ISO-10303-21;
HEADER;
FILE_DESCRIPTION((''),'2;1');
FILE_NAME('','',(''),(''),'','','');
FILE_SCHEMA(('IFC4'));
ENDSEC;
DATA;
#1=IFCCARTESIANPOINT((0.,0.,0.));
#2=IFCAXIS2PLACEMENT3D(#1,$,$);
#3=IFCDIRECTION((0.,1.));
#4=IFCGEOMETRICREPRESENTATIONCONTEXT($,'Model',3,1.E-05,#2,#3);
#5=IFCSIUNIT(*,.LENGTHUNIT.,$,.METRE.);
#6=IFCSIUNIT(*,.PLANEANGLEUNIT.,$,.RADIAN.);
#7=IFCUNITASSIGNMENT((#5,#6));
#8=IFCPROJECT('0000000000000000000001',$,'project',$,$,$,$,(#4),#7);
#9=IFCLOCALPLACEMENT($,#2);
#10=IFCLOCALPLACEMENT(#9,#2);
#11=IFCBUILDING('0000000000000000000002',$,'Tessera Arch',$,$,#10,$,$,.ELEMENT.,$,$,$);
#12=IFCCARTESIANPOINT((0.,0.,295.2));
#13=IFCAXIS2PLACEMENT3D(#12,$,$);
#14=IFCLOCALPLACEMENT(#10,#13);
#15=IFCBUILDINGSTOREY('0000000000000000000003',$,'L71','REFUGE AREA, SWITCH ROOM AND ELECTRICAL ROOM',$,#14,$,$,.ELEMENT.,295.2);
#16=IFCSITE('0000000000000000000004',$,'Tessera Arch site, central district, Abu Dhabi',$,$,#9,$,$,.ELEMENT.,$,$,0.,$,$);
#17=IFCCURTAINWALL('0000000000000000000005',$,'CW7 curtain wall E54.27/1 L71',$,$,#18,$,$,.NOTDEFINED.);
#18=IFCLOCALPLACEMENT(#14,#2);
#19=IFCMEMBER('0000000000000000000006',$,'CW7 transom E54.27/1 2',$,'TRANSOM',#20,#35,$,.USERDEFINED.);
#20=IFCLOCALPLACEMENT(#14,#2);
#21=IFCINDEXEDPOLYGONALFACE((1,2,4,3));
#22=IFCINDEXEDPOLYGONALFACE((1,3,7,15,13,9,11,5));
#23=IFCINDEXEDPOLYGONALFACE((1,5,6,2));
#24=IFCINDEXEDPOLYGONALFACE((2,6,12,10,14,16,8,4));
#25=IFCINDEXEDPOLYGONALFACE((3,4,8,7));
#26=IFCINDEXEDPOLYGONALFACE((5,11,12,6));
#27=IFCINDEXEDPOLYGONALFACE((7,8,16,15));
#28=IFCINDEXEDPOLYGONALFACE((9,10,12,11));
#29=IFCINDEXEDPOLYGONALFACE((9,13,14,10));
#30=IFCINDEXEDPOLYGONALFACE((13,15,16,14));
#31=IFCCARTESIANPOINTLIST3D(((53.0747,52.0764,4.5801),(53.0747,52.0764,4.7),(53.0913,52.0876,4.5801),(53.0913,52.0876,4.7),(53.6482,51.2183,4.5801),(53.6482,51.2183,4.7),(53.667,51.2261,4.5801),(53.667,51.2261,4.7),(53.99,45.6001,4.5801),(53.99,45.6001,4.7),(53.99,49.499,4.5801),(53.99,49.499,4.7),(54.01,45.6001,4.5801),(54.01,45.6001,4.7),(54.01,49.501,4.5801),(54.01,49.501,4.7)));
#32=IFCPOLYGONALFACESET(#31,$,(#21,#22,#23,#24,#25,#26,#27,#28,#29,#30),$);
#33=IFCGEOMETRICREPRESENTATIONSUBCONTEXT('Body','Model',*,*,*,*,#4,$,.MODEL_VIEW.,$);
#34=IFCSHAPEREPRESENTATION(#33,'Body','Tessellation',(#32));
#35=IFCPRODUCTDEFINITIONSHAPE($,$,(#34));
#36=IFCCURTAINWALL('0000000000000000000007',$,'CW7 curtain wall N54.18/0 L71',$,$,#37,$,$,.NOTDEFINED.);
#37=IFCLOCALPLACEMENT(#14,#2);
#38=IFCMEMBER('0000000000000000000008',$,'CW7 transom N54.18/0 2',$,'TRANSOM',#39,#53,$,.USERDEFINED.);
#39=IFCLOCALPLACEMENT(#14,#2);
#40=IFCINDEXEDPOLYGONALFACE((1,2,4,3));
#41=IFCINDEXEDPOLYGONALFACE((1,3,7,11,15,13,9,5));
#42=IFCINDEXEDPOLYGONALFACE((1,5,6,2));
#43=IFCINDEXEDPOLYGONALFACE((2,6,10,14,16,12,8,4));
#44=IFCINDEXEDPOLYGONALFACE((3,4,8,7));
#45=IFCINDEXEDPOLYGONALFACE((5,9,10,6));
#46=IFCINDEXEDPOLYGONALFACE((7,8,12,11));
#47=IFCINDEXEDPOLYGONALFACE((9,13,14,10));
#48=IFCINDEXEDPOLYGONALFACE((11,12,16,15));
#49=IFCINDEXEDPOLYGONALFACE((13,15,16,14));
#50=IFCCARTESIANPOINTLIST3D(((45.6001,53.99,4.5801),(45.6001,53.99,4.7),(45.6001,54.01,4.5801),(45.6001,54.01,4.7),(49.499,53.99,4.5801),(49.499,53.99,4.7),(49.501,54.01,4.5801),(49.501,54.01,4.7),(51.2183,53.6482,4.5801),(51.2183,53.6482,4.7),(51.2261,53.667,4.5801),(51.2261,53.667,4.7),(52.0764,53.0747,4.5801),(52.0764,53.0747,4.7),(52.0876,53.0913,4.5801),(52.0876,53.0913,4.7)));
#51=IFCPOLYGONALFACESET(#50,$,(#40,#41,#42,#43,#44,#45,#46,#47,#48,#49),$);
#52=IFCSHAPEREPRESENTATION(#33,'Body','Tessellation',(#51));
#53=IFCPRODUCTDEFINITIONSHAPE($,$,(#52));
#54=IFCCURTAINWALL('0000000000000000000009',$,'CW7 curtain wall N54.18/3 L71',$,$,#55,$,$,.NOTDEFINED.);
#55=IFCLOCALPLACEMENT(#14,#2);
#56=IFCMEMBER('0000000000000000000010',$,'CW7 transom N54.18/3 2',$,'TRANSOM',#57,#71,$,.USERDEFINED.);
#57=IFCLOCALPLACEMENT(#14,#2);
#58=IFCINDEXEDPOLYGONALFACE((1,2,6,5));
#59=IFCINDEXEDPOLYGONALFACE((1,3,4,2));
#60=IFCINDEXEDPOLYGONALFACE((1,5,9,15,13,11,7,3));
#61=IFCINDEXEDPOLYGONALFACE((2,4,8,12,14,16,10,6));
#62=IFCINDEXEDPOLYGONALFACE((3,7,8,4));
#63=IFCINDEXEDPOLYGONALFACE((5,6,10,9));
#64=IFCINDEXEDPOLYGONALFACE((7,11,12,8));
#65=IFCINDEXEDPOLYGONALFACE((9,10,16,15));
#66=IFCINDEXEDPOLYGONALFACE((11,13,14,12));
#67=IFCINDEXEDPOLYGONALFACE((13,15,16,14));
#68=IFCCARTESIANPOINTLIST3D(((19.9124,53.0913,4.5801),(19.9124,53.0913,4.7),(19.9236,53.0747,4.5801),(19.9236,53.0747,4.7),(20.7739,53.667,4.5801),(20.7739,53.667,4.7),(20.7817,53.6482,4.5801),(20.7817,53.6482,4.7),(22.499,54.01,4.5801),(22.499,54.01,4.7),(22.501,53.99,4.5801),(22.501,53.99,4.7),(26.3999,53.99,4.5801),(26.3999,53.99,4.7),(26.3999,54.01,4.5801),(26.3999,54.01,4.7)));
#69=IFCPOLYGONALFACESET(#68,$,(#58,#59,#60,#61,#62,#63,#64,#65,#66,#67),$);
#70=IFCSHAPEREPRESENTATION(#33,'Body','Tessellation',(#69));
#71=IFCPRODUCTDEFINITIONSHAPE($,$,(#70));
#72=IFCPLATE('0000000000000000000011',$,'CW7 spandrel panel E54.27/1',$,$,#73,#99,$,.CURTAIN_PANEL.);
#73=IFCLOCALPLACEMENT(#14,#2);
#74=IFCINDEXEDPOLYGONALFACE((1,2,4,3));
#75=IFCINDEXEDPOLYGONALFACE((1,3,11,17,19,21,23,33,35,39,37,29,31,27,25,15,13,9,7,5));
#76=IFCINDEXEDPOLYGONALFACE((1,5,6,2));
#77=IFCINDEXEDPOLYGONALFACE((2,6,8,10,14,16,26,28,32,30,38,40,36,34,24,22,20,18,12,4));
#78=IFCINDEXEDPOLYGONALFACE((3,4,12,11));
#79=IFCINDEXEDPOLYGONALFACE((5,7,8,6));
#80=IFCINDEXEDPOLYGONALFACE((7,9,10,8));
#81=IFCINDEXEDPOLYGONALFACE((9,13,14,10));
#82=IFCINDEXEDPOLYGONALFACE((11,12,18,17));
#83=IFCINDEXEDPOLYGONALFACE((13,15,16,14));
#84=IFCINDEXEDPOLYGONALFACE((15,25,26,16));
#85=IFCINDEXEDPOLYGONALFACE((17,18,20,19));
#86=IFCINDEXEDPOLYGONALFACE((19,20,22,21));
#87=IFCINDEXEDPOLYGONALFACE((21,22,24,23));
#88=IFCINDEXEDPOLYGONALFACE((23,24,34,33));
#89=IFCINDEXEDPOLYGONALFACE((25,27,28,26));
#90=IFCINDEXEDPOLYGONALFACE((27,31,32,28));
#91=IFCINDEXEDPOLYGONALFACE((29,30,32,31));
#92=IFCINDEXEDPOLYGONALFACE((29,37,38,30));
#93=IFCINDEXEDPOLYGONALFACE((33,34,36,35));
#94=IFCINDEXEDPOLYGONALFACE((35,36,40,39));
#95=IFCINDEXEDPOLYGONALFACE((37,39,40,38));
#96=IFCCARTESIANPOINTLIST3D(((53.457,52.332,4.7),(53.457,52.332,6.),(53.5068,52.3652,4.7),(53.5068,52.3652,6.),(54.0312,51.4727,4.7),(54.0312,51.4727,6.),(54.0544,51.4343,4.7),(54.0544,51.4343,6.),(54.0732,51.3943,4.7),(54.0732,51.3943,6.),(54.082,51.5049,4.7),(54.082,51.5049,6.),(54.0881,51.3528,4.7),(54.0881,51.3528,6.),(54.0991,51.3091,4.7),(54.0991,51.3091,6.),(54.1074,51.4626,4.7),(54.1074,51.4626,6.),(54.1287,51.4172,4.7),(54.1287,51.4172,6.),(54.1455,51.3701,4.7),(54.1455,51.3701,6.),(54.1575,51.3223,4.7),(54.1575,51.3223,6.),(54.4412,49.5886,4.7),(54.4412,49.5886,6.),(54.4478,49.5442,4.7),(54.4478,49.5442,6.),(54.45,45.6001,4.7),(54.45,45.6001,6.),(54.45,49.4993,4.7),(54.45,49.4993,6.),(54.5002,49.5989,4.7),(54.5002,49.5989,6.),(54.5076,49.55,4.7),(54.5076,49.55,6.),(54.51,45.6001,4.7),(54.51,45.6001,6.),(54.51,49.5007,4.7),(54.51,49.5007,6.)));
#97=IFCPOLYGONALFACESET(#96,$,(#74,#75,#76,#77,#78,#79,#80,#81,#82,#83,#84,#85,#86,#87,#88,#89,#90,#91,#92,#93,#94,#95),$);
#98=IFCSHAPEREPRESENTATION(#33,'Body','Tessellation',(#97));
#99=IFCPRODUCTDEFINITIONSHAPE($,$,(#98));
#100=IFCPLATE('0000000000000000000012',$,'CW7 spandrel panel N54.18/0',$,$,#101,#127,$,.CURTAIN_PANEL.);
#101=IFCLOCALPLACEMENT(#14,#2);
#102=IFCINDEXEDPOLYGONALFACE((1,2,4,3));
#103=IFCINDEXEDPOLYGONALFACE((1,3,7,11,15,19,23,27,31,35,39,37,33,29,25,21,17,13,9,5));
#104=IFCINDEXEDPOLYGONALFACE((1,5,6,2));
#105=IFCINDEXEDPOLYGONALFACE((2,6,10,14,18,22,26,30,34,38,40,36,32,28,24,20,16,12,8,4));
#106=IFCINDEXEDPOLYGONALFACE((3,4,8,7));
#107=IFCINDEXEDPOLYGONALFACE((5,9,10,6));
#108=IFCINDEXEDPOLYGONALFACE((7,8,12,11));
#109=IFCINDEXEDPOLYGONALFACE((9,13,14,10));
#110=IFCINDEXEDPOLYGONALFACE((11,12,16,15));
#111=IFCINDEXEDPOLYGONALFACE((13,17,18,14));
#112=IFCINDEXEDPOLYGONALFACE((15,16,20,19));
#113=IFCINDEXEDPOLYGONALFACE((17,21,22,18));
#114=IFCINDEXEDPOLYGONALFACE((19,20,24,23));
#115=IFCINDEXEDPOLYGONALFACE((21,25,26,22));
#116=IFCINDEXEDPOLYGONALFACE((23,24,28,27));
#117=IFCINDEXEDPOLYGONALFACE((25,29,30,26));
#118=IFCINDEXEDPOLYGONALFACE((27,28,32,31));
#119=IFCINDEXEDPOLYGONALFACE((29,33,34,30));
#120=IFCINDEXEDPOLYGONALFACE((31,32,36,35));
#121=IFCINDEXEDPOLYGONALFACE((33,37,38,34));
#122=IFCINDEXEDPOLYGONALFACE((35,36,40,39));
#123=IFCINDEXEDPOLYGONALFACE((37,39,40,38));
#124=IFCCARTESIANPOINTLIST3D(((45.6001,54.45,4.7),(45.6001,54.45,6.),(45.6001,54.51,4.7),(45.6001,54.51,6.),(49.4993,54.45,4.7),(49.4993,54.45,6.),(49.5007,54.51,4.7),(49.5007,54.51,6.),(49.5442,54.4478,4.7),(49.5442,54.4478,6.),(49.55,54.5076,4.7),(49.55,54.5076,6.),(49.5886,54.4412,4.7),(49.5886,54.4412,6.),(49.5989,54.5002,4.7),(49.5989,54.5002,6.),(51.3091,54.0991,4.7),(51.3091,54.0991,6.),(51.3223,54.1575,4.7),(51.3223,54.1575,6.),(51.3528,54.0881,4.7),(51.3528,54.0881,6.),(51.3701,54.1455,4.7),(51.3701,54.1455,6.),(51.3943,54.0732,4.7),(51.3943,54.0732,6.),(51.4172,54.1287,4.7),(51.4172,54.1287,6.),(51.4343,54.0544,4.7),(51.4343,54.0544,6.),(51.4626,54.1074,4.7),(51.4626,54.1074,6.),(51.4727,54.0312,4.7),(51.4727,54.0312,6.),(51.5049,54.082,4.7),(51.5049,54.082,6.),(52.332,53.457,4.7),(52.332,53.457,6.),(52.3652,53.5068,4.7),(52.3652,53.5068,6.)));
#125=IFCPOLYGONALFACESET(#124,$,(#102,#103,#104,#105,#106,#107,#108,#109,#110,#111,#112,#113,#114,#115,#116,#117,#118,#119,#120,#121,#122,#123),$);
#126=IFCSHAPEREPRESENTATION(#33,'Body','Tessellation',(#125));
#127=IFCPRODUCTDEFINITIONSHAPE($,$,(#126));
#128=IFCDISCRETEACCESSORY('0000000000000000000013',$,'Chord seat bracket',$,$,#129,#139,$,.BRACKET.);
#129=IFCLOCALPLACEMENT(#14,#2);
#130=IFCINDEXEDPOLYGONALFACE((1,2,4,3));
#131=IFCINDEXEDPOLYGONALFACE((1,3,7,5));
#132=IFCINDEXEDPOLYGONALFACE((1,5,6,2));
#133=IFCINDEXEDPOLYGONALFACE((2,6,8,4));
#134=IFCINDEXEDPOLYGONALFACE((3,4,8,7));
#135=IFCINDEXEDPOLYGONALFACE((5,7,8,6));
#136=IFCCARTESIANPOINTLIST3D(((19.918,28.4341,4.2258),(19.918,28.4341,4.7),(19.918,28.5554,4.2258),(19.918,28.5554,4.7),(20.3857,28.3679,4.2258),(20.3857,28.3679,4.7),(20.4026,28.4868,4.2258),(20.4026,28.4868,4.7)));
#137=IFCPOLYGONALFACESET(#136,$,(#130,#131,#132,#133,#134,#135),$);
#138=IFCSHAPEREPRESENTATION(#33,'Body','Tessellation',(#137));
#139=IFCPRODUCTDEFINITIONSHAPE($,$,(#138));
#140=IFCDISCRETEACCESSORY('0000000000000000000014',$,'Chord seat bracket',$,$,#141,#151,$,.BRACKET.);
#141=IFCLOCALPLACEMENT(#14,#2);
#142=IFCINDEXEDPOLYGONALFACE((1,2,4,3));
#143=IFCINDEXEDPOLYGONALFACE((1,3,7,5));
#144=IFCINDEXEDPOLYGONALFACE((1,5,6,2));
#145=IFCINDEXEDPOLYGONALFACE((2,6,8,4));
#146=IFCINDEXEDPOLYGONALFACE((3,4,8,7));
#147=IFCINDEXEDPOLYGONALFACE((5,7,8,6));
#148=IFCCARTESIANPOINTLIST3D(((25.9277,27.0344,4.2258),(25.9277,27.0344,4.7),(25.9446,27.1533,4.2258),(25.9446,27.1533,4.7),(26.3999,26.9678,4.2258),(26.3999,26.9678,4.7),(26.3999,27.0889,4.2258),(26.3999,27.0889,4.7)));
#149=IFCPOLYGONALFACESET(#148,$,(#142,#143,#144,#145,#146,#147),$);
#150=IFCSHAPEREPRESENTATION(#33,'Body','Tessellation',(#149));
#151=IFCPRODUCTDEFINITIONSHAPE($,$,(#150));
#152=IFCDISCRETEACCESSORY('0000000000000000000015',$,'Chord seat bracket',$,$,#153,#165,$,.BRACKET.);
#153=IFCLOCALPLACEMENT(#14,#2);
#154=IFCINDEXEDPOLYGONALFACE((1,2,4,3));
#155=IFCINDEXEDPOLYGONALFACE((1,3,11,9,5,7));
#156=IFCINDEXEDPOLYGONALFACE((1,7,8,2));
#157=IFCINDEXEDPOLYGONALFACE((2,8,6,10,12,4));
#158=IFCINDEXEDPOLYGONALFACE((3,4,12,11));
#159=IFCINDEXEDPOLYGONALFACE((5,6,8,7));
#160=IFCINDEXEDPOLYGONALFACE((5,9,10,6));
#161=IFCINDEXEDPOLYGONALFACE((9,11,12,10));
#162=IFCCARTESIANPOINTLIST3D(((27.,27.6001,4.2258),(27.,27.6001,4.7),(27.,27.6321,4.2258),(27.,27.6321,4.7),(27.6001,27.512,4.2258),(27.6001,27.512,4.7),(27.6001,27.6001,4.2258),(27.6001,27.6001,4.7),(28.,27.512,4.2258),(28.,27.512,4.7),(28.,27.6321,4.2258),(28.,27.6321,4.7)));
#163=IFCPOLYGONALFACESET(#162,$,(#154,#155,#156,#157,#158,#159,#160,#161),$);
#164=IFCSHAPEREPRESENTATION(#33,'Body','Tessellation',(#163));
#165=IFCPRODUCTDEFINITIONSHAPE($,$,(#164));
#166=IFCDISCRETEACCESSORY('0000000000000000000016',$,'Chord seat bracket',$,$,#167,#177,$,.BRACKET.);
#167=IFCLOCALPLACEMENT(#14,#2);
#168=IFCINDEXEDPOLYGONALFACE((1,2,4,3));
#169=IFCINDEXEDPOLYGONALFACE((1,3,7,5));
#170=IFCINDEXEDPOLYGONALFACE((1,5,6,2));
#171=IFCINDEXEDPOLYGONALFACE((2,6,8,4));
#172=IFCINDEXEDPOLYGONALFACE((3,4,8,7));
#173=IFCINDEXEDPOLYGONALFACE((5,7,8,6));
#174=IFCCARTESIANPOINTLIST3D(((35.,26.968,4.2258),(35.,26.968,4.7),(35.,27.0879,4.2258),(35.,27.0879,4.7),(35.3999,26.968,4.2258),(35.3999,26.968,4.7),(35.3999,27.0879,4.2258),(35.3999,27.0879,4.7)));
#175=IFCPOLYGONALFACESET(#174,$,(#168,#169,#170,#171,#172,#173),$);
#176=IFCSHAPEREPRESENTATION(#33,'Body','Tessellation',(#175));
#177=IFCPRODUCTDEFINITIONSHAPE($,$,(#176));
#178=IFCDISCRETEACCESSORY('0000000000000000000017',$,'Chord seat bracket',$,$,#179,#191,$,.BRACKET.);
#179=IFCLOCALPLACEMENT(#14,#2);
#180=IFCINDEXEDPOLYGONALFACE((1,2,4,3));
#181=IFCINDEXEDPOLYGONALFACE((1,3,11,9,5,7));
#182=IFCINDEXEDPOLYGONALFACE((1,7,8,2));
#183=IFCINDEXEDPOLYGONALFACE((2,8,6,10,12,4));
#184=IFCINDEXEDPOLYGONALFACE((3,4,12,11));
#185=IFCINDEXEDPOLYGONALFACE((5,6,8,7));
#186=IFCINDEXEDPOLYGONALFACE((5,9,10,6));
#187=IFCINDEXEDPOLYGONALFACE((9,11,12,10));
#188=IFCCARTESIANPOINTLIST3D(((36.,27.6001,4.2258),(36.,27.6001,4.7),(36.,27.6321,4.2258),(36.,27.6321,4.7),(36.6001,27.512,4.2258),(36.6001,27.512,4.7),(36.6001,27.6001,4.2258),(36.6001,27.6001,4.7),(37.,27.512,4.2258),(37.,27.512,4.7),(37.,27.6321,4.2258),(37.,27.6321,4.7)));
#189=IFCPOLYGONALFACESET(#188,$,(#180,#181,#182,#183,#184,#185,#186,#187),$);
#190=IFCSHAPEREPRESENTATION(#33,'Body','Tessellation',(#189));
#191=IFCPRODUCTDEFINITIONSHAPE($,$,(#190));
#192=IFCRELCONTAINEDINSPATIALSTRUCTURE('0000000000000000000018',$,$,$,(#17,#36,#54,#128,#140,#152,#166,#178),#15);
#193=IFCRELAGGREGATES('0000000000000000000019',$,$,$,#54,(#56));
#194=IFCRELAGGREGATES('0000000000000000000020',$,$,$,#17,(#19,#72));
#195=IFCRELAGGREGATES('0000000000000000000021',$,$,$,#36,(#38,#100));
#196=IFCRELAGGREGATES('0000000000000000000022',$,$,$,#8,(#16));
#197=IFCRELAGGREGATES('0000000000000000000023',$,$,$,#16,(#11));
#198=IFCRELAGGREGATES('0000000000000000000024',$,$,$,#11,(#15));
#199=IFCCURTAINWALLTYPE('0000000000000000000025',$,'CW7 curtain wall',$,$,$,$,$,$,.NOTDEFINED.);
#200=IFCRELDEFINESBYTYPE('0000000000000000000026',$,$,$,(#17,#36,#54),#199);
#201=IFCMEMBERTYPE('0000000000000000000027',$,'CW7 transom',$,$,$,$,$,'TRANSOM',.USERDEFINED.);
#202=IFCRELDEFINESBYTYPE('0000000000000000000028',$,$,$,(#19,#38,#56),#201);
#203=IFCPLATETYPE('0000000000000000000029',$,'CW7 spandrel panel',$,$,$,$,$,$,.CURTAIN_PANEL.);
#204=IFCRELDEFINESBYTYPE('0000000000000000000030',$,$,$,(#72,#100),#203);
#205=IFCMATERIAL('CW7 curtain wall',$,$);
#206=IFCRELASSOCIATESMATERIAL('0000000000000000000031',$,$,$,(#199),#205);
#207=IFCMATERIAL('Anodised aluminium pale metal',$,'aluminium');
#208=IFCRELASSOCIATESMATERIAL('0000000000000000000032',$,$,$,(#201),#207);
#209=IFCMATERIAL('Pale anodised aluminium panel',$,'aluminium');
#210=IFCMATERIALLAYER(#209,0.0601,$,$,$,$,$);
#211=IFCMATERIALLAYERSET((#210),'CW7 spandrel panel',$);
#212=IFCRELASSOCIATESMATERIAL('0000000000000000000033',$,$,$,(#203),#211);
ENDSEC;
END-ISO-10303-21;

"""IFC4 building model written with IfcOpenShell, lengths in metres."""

from ifc_helpers import new_model, si_unit, direction, frame, origin, origin_2d, place, context, subcontext, project, spatial, polyline, rectangle, outline, extrude, material, layer, layer_set, material_profile, profile_set, type_object, element, aggregate, save


model = new_model("IFC4")

# Units and contexts
model_context = context("Model", 3, precision=1e-05, world=origin(), true_north=direction((0.0, 1.0)))
body_context = subcontext(model_context, "Body", "Model", "MODEL_VIEW")
ifc_project = project(units=[si_unit("LENGTHUNIT", "METRE"), si_unit("PLANEANGLEUNIT", "RADIAN")], contexts=[model_context])

# Site, building, storey
site_placement = place(None, origin())
site = spatial("IfcSite", under=ifc_project, at=site_placement, Name="Tessera Arch site, central district, Abu Dhabi", CompositionType="ELEMENT", RefElevation=0.0)
building_placement = place(site_placement, origin())
building = spatial("IfcBuilding", under=site, at=building_placement, Name="Tessera Arch", CompositionType="ELEMENT")
storey_placement = place(building_placement, frame((0.0, 0.0, 295.2)))
storey = spatial("IfcBuildingStorey", under=building, at=storey_placement, Name="L71", Description="REFUGE AREA, SWITCH ROOM AND ELECTRICAL ROOM", CompositionType="ELEMENT", Elevation=295.2)

# Curtain walls, members
ifc_material_1 = material(Name="CW7 curtain wall")
curtain_wall_type = type_object("IfcCurtainWallType", Name="CW7 curtain wall", PredefinedType="NOTDEFINED", material=ifc_material_1)
curtain_wall_1_placement = place(storey_placement, origin())
curtain_wall_1 = element("IfcCurtainWall", 1, at=curtain_wall_1_placement, inside=storey, type_object=curtain_wall_type, Name="CW7 curtain wall E54.27/1 L71", PredefinedType="NOTDEFINED")
ifc_material_2 = material(Name="Anodised aluminium pale metal", Category="aluminium")
ifc_material_profile = material_profile(ifc_material_2, rectangle(XDim=0.1599, YDim=0.1201, at=origin_2d()), Name="AL 160x120")
ifc_profile_set = profile_set([ifc_material_profile], Name="Anodised aluminium pale metal")
member_type = type_object("IfcMemberType", Name="CW7 transom", ElementType="TRANSOM", PredefinedType="USERDEFINED", material=ifc_profile_set)
member_1_placement = place(storey_placement, frame((0.0, 0.0, 4.5801)))
member_1 = element("IfcMember", 2, at=member_1_placement, type_object=member_type, Name="CW7 transom E54.27/1 2", ObjectType="TRANSOM", PredefinedType="USERDEFINED", context=body_context, shape_type="SweptSolid", body=[
    extrude(outline(polyline([(53.99, 49.499), (53.99, 45.6001), (54.01, 45.6001), (54.01, 49.501), (53.667, 51.2261), (53.0913, 52.0876), (53.0747, 52.0764), (53.6482, 51.2183), (53.99, 49.499)])), origin(), (0.0, 0.0, 1.0), 0.1199),
])
curtain_wall_2_placement = place(storey_placement, origin())
curtain_wall_2 = element("IfcCurtainWall", 3, at=curtain_wall_2_placement, inside=storey, type_object=curtain_wall_type, Name="CW7 curtain wall N54.18/0 L71", PredefinedType="NOTDEFINED")
member_2_placement = place(storey_placement, frame((0.0, 0.0, 4.5801)))
member_2 = element("IfcMember", 4, at=member_2_placement, type_object=member_type, Name="CW7 transom N54.18/0 2", ObjectType="TRANSOM", PredefinedType="USERDEFINED", context=body_context, shape_type="SweptSolid", body=[
    extrude(outline(polyline([(51.2183, 53.6482), (52.0764, 53.0747), (52.0876, 53.0913), (51.2261, 53.667), (49.501, 54.01), (45.6001, 54.01), (45.6001, 53.99), (49.499, 53.99), (51.2183, 53.6482)])), origin(), (0.0, 0.0, 1.0), 0.1199),
])
curtain_wall_3_placement = place(storey_placement, origin())
curtain_wall_3 = element("IfcCurtainWall", 5, at=curtain_wall_3_placement, inside=storey, type_object=curtain_wall_type, Name="CW7 curtain wall N54.18/3 L71", PredefinedType="NOTDEFINED")
member_3_placement = place(storey_placement, frame((0.0, 0.0, 4.5801)))
member_3 = element("IfcMember", 6, at=member_3_placement, type_object=member_type, Name="CW7 transom N54.18/3 2", ObjectType="TRANSOM", PredefinedType="USERDEFINED", context=body_context, shape_type="SweptSolid", body=[
    extrude(outline(polyline([(22.501, 53.99), (26.3999, 53.99), (26.3999, 54.01), (22.499, 54.01), (20.7739, 53.667), (19.9124, 53.0913), (19.9236, 53.0747), (20.7817, 53.6482), (22.501, 53.99)])), origin(), (0.0, 0.0, 1.0), 0.1199),
])
aggregate(curtain_wall_3, [member_3])

# Plates
ifc_material_3 = material(Name="Pale anodised aluminium panel", Category="aluminium")
ifc_layer = layer(ifc_material_3, 0.0601)
ifc_layer_set = layer_set([ifc_layer], Name="CW7 spandrel panel")
plate_type = type_object("IfcPlateType", Name="CW7 spandrel panel", PredefinedType="CURTAIN_PANEL", material=ifc_layer_set)
plate_1_placement = place(storey_placement, frame((0.0, 0.0, 4.7)))
plate_1 = element("IfcPlate", 7, at=plate_1_placement, type_object=plate_type, Name="CW7 spandrel panel E54.27/1", PredefinedType="CURTAIN_PANEL", context=body_context, shape_type="SweptSolid", body=[
    extrude(outline(polyline([(54.45, 49.4993), (54.45, 45.6001), (54.51, 45.6001), (54.51, 49.5007), (54.5076, 49.55), (54.5002, 49.5989), (54.1575, 51.3223), (54.1455, 51.3701), (54.1287, 51.4172), (54.1074, 51.4626), (54.082, 51.5049), (53.5068, 52.3652), (53.457, 52.332), (54.0312, 51.4727), (54.0544, 51.4343), (54.0732, 51.3943), (54.0881, 51.3528), (54.0991, 51.3091), (54.4412, 49.5886), (54.4478, 49.5442), (54.45, 49.4993)])), origin(), (0.0, 0.0, 1.0), 1.3),
])
aggregate(curtain_wall_1, [member_1, plate_1])
plate_2_placement = place(storey_placement, frame((0.0, 0.0, 4.7)))
plate_2 = element("IfcPlate", 8, at=plate_2_placement, type_object=plate_type, Name="CW7 spandrel panel N54.18/0", PredefinedType="CURTAIN_PANEL", context=body_context, shape_type="SweptSolid", body=[
    extrude(outline(polyline([(51.4727, 54.0312), (52.332, 53.457), (52.3652, 53.5068), (51.5049, 54.082), (51.4626, 54.1074), (51.4172, 54.1287), (51.3701, 54.1455), (51.3223, 54.1575), (49.5989, 54.5002), (49.55, 54.5076), (49.5007, 54.51), (45.6001, 54.51), (45.6001, 54.45), (49.4993, 54.45), (49.5442, 54.4478), (49.5886, 54.4412), (51.3091, 54.0991), (51.3528, 54.0881), (51.3943, 54.0732), (51.4343, 54.0544), (51.4727, 54.0312)])), origin(), (0.0, 0.0, 1.0), 1.3),
])
aggregate(curtain_wall_2, [member_2, plate_2])

# Discrete accessories
discrete_accessory_1_placement = place(storey_placement, frame((0.0, 0.0, 4.2258)))
element("IfcDiscreteAccessory", 9, at=discrete_accessory_1_placement, inside=storey, Name="Chord seat bracket", PredefinedType="BRACKET", context=body_context, shape_type="SweptSolid", body=[
    extrude(outline(polyline([(19.918, 28.5554), (20.4026, 28.4868), (20.3857, 28.3679), (19.918, 28.4341), (19.918, 28.5554)])), origin(), (0.0, 0.0, 1.0), 0.4741),
])
discrete_accessory_2_placement = place(storey_placement, frame((0.0, 0.0, 4.2258)))
element("IfcDiscreteAccessory", 10, at=discrete_accessory_2_placement, inside=storey, Name="Chord seat bracket", PredefinedType="BRACKET", context=body_context, shape_type="SweptSolid", body=[
    extrude(outline(polyline([(25.9446, 27.1533), (26.3999, 27.0889), (26.3999, 26.9678), (25.9277, 27.0344), (25.9446, 27.1533)])), origin(), (0.0, 0.0, 1.0), 0.4741),
])
discrete_accessory_3_placement = place(storey_placement, frame((0.0, 0.0, 4.2258)))
element("IfcDiscreteAccessory", 11, at=discrete_accessory_3_placement, inside=storey, Name="Chord seat bracket", PredefinedType="BRACKET", context=body_context, shape_type="SweptSolid", body=[
    extrude(outline(polyline([(28.0, 27.512), (27.6001, 27.512), (27.6001, 27.6001), (27.0, 27.6001), (27.0, 27.6321), (28.0, 27.6321), (28.0, 27.512)])), origin(), (0.0, 0.0, 1.0), 0.4741),
])
discrete_accessory_4_placement = place(storey_placement, frame((0.0, 0.0, 4.2258)))
element("IfcDiscreteAccessory", 12, at=discrete_accessory_4_placement, inside=storey, Name="Chord seat bracket", PredefinedType="BRACKET", context=body_context, shape_type="SweptSolid", body=[
    extrude(outline(polyline([(35.0, 27.0879), (35.3999, 27.0879), (35.3999, 26.968), (35.0, 26.968), (35.0, 27.0879)])), origin(), (0.0, 0.0, 1.0), 0.4741),
])
discrete_accessory_5_placement = place(storey_placement, frame((0.0, 0.0, 4.2258)))
element("IfcDiscreteAccessory", 13, at=discrete_accessory_5_placement, inside=storey, Name="Chord seat bracket", PredefinedType="BRACKET", context=body_context, shape_type="SweptSolid", body=[
    extrude(outline(polyline([(36.6001, 27.6001), (36.0, 27.6001), (36.0, 27.6321), (37.0, 27.6321), (37.0, 27.512), (36.6001, 27.512), (36.6001, 27.6001)])), origin(), (0.0, 0.0, 1.0), 0.4741),
])

save(model, "model.ifc")
